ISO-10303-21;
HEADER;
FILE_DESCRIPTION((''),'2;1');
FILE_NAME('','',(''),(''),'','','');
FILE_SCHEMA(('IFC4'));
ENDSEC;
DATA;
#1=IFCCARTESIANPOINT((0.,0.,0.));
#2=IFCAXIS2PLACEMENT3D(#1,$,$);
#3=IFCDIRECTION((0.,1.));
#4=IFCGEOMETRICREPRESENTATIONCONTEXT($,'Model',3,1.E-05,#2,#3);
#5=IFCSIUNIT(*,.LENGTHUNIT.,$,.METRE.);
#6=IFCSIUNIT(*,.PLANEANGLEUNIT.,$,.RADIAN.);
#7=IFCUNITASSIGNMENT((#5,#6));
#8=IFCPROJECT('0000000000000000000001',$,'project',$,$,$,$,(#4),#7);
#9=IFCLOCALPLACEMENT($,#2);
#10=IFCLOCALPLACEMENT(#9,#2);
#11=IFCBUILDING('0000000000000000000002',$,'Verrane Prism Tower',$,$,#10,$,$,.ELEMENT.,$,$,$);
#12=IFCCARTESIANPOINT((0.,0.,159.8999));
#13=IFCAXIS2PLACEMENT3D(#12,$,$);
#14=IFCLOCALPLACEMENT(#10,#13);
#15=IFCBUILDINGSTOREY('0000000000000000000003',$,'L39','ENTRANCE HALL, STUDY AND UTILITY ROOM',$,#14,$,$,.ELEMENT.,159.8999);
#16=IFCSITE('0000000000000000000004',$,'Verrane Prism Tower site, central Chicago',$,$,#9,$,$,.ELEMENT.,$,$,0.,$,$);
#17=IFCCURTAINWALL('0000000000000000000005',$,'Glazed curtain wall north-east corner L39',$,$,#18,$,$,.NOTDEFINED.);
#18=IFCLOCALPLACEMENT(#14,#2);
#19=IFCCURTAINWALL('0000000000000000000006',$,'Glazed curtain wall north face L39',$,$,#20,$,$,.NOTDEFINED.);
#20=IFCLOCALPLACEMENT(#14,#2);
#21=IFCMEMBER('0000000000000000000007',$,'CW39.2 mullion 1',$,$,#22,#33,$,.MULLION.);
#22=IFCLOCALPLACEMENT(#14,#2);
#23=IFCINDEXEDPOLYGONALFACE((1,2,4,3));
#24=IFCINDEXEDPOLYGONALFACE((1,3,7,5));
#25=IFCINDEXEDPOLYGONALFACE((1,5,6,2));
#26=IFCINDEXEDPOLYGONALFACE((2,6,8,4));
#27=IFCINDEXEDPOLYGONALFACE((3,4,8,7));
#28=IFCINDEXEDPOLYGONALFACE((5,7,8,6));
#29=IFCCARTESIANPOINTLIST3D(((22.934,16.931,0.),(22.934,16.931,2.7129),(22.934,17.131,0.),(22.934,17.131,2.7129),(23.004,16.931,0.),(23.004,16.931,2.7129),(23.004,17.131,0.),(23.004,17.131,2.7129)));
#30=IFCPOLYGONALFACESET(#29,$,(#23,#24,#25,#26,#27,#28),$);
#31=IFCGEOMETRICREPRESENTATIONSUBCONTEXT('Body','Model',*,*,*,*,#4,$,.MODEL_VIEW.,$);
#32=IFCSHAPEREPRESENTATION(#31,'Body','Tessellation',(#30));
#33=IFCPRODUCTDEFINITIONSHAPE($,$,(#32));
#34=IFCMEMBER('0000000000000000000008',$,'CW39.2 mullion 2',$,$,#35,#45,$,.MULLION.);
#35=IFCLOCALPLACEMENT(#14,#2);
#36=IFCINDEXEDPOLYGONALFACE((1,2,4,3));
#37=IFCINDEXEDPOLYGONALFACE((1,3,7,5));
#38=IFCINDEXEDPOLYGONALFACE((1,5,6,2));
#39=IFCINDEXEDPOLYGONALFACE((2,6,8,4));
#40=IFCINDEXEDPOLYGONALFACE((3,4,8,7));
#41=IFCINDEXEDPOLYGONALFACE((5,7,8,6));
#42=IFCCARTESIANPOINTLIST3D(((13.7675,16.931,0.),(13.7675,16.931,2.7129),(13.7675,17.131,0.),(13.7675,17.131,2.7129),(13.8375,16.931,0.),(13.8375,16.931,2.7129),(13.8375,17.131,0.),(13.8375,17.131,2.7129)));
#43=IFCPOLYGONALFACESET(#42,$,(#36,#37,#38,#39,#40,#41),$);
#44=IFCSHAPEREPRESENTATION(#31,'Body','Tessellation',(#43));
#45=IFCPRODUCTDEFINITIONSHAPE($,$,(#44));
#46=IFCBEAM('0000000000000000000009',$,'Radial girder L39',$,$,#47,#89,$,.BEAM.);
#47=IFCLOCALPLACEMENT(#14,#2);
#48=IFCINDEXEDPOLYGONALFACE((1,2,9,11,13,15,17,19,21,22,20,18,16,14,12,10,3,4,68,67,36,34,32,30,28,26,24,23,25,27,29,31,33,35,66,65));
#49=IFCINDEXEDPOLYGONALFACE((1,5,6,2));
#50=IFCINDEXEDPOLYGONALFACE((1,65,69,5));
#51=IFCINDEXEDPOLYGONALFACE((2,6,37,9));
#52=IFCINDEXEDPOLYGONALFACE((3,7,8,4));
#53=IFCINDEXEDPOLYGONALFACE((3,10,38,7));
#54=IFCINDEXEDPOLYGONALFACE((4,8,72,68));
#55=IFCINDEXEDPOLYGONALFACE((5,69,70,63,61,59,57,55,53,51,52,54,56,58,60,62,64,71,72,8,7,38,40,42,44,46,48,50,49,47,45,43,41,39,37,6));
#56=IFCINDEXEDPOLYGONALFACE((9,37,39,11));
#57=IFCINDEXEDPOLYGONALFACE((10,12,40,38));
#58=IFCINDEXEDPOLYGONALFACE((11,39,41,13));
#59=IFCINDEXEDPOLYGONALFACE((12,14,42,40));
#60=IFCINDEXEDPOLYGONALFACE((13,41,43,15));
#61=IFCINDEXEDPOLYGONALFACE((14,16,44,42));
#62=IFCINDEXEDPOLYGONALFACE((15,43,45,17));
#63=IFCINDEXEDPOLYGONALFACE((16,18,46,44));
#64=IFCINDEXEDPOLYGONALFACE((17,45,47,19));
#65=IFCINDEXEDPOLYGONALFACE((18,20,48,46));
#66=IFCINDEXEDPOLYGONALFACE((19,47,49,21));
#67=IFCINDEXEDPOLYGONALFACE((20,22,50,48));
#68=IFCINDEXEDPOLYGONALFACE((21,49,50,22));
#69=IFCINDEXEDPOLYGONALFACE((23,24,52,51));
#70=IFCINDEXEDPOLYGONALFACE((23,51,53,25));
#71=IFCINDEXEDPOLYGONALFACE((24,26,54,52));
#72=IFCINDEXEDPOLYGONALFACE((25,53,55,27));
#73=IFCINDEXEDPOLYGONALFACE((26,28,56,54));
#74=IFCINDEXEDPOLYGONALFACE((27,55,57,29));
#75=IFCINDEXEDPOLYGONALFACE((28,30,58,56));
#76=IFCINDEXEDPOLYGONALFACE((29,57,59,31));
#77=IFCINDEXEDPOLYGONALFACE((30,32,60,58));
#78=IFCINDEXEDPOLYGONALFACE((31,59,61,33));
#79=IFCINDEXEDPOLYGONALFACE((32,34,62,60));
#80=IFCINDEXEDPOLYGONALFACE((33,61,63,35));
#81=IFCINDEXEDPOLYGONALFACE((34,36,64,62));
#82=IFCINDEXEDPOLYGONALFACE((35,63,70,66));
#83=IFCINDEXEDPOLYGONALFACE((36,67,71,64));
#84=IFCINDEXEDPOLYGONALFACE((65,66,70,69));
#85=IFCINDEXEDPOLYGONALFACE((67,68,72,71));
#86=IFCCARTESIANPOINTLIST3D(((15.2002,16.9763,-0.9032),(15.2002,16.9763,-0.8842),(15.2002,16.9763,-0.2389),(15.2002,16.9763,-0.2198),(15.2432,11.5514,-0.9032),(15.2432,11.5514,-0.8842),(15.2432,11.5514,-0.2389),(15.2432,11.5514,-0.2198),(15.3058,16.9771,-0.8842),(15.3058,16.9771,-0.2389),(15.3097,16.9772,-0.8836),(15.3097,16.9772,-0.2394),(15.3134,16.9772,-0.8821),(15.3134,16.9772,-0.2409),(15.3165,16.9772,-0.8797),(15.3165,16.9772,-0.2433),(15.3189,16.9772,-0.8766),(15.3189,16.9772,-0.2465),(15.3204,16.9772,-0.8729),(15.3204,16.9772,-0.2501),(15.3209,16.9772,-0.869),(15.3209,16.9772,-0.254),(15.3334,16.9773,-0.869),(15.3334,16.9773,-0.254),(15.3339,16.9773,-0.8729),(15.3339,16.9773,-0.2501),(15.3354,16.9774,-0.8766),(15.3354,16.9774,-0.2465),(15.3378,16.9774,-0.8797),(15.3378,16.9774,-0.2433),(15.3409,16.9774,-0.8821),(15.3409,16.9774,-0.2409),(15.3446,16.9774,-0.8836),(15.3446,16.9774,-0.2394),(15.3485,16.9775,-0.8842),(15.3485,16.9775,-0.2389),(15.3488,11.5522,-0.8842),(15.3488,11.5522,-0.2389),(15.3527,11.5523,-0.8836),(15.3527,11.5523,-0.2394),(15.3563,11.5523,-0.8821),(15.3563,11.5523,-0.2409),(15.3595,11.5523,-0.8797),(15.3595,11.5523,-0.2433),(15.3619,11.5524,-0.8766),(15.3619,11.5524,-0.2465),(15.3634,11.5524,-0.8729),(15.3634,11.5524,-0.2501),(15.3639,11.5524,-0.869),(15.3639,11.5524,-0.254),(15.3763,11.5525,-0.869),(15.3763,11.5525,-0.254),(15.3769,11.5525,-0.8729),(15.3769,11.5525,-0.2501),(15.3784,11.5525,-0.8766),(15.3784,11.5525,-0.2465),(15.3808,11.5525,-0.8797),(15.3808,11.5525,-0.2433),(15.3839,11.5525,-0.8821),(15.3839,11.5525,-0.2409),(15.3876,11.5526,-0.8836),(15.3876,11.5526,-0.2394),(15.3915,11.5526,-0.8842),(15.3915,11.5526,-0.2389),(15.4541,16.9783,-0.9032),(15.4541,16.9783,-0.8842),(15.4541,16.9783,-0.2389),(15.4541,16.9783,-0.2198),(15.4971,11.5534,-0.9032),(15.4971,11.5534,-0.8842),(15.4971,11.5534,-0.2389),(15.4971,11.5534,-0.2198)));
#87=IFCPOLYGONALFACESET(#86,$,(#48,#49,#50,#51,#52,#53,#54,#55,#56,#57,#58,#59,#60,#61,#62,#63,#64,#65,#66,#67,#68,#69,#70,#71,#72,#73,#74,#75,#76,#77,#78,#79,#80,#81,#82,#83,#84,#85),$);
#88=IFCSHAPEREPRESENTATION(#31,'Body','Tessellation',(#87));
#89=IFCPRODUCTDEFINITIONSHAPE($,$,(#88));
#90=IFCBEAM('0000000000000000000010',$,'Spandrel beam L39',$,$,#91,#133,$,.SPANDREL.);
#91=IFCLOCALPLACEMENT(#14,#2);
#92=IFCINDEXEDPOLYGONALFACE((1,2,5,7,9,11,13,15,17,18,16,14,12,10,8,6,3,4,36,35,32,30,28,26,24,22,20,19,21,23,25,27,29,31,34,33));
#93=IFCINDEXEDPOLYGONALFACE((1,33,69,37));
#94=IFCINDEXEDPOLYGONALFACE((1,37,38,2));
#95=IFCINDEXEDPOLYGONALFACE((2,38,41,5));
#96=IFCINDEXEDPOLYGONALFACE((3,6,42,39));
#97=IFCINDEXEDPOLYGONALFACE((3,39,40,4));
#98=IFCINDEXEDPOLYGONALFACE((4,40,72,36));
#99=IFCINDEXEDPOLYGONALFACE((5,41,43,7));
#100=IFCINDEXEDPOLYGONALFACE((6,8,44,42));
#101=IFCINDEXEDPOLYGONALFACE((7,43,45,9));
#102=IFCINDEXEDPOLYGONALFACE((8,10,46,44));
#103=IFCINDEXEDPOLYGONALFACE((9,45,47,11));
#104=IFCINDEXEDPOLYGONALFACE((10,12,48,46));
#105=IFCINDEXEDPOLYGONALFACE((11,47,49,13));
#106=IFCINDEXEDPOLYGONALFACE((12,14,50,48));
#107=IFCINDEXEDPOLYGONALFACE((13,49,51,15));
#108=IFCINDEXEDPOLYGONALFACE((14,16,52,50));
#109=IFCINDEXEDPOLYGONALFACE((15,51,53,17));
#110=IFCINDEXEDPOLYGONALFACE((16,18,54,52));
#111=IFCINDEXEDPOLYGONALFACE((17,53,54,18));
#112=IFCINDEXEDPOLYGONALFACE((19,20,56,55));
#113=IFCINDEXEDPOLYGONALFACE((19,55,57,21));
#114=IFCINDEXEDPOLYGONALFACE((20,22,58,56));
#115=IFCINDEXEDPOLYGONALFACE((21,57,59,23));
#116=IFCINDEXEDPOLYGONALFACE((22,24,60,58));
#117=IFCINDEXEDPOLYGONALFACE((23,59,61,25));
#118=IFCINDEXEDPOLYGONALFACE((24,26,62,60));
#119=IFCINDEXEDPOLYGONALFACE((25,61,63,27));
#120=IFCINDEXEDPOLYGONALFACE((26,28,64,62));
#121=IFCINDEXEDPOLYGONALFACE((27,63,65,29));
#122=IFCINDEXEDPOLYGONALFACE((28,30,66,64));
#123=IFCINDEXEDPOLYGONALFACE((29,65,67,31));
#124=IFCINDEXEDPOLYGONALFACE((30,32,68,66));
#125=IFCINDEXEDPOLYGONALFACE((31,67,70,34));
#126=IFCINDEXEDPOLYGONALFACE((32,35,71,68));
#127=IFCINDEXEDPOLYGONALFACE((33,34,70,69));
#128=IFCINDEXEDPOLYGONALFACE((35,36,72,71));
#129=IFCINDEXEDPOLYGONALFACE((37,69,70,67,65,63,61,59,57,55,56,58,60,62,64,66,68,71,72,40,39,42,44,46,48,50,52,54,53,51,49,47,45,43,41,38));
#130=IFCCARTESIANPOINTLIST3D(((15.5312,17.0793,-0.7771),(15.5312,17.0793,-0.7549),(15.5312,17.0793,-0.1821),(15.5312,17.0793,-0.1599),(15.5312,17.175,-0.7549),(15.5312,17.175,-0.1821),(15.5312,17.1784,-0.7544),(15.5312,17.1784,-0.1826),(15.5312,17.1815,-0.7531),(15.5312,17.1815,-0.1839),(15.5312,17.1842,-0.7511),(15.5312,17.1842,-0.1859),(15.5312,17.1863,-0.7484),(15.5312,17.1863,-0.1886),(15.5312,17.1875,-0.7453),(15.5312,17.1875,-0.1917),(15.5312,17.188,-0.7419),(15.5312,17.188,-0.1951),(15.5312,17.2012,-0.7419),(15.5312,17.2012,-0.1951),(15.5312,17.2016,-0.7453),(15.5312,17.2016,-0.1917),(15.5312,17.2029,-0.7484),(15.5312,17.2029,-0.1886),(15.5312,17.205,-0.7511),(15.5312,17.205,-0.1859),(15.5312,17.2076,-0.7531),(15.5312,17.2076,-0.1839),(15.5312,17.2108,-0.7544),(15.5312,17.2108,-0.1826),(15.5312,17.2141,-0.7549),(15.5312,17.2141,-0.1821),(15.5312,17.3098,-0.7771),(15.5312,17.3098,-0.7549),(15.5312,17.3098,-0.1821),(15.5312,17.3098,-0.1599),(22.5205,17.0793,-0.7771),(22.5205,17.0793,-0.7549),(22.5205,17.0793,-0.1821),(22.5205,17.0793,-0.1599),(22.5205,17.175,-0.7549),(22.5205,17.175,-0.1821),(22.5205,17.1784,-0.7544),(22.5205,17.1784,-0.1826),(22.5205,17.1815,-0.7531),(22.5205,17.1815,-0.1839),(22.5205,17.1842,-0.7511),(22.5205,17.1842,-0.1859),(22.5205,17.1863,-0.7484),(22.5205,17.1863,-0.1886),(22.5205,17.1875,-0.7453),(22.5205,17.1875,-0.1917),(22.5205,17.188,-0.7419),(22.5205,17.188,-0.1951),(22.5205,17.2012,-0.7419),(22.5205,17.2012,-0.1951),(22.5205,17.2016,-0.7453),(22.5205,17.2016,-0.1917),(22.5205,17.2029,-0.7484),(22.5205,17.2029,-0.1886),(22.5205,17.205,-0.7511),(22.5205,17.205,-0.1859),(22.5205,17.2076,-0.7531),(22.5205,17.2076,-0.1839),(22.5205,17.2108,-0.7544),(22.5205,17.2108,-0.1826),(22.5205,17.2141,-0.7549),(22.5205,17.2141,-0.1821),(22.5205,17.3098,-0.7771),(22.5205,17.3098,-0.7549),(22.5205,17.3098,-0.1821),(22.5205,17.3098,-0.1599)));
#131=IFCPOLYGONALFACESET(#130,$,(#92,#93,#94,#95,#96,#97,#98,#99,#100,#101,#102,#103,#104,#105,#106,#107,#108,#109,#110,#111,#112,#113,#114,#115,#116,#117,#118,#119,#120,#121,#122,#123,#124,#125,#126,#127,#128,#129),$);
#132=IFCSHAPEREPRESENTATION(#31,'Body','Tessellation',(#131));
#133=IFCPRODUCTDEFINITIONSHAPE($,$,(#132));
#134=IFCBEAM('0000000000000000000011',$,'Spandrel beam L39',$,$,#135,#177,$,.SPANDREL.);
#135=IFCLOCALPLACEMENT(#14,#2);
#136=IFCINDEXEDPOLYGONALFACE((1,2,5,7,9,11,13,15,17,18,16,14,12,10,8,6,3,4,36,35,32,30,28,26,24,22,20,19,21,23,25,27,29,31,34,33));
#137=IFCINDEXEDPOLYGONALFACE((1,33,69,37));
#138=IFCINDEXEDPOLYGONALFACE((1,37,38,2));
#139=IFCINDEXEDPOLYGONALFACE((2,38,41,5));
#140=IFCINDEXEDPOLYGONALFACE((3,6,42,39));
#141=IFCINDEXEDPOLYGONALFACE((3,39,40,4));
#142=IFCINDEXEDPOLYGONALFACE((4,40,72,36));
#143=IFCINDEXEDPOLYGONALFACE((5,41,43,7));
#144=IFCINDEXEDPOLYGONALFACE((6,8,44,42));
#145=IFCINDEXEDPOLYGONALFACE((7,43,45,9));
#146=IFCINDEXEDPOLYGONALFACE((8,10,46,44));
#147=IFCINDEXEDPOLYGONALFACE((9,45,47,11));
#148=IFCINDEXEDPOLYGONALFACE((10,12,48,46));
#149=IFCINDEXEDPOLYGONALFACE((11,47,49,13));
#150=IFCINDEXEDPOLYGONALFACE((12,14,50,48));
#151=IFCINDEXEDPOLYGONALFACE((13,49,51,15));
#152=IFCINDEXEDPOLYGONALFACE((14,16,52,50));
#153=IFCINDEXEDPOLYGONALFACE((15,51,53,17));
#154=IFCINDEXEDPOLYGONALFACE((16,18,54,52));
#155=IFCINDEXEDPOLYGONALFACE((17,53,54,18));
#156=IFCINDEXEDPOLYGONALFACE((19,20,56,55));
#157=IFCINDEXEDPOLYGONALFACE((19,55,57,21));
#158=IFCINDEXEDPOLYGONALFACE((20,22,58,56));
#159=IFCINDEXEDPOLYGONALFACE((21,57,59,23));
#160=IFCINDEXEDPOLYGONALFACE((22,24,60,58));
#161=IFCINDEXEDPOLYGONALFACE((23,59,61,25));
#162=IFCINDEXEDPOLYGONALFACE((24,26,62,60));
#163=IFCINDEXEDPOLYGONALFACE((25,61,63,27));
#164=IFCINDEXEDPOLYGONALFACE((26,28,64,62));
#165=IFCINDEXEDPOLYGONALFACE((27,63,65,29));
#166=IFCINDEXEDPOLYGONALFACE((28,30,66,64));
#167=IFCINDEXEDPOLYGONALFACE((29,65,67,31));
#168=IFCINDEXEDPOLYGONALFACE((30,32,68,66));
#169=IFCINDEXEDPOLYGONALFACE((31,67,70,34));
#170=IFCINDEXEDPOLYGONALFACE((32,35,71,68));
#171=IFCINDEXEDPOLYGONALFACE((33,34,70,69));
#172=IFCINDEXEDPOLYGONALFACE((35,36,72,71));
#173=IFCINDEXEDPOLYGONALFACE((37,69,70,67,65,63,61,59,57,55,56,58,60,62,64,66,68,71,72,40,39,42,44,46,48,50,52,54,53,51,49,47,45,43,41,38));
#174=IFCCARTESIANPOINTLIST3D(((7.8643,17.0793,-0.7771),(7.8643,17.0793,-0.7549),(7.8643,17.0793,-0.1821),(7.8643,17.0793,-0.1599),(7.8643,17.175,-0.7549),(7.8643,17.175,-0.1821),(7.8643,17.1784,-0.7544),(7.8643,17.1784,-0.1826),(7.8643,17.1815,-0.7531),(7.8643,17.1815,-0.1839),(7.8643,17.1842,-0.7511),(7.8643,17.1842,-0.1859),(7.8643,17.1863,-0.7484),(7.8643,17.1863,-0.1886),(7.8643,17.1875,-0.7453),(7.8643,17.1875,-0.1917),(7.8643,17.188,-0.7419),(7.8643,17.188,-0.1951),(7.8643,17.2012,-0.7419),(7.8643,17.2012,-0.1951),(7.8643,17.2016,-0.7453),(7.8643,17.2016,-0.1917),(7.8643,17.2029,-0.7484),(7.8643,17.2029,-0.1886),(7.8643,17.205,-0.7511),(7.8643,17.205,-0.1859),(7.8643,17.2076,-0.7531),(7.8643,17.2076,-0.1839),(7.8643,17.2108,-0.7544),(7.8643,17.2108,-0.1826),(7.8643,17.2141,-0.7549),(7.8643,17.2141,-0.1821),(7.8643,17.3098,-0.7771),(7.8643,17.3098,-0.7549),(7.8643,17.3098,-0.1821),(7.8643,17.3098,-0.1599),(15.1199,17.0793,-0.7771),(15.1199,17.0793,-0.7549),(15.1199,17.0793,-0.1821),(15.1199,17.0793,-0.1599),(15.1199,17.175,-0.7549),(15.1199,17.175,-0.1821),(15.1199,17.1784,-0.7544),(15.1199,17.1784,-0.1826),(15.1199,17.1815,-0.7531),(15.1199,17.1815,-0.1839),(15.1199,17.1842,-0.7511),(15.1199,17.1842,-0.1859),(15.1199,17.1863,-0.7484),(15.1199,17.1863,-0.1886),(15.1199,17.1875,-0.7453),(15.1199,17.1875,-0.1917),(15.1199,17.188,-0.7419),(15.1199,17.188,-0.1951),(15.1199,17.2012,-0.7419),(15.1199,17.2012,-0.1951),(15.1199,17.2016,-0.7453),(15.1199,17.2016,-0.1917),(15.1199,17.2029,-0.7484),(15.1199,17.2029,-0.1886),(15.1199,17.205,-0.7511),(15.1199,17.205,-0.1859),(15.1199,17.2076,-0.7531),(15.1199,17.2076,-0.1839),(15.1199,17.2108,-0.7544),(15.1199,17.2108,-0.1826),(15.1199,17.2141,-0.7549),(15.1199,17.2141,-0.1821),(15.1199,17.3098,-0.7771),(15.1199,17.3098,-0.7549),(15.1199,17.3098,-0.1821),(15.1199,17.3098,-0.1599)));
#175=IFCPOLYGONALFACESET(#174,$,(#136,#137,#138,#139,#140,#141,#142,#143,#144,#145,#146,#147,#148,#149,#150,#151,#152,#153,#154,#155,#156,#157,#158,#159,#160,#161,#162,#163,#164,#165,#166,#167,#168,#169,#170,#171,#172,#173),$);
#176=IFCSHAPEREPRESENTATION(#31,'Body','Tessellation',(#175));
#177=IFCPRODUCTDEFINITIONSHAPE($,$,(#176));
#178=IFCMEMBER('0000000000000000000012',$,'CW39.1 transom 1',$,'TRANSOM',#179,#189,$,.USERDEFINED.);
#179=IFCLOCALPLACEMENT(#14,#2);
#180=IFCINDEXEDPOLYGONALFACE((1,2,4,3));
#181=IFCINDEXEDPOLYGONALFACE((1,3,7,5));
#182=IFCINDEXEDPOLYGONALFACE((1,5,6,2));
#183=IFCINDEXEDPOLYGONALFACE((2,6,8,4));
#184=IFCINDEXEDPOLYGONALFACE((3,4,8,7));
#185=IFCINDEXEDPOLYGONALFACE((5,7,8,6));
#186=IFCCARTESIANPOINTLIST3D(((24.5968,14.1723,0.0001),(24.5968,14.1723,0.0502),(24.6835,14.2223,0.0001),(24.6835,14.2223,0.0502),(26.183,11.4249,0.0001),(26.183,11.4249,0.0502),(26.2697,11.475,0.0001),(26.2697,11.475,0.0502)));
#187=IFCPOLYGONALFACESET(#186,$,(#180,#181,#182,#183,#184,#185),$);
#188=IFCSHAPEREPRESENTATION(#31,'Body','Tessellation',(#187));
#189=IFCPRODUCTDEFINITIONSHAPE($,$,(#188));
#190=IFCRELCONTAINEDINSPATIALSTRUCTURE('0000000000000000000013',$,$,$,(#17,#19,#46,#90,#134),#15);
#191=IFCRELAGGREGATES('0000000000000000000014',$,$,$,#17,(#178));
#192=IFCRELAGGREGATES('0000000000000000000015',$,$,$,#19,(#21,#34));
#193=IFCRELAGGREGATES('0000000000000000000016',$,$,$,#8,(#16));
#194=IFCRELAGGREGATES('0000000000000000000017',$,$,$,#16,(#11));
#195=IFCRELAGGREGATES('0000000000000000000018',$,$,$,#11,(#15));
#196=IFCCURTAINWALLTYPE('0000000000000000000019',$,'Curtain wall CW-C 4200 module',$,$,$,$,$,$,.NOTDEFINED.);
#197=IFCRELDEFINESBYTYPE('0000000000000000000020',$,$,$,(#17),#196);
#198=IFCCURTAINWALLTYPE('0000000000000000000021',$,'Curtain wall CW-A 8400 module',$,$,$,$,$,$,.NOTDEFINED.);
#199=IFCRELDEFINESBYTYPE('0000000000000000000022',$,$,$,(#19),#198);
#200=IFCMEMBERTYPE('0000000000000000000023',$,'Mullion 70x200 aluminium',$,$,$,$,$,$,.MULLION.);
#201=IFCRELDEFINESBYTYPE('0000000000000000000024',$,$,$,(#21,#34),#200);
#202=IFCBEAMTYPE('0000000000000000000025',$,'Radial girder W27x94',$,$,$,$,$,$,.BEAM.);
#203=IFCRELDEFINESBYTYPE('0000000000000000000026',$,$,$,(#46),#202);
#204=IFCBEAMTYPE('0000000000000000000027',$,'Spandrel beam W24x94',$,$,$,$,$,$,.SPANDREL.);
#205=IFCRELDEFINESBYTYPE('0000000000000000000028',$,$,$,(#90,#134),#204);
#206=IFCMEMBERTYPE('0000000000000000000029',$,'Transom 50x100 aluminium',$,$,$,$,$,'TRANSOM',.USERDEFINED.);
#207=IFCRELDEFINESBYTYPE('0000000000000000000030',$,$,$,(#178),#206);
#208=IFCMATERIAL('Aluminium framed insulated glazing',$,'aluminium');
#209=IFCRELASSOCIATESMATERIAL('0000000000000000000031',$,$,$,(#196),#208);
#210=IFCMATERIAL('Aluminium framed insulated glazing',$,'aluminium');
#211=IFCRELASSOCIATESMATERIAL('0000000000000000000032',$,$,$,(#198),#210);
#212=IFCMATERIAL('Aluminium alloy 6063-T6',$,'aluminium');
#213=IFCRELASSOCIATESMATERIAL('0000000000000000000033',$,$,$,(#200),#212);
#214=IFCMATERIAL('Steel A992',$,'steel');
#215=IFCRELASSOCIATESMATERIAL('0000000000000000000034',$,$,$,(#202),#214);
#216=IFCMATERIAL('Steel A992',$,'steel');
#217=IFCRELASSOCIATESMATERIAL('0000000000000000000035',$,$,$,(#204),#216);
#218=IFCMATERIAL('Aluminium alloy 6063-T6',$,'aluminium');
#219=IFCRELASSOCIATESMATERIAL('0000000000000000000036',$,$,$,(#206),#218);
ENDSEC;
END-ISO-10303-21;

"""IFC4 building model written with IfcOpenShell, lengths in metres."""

from ifc_helpers import new_model, si_unit, direction, frame, origin, origin_2d, place, context, subcontext, project, spatial, rectangle, i_section, extrude, material, material_profile, profile_set, type_object, element, aggregate, save


model = new_model("IFC4")

# Units and contexts
model_context = context("Model", 3, precision=1e-05, world=origin(), true_north=direction((0.0, 1.0)))
body_context = subcontext(model_context, "Body", "Model", "MODEL_VIEW")
ifc_project = project(units=[si_unit("LENGTHUNIT", "METRE"), si_unit("PLANEANGLEUNIT", "RADIAN")], contexts=[model_context])

# Site, building, storey
site_placement = place(None, origin())
site = spatial("IfcSite", under=ifc_project, at=site_placement, Name="Verrane Prism Tower site, central Chicago", CompositionType="ELEMENT", RefElevation=0.0)
building_placement = place(site_placement, origin())
building = spatial("IfcBuilding", under=site, at=building_placement, Name="Verrane Prism Tower", CompositionType="ELEMENT")
storey_placement = place(building_placement, frame((0.0, 0.0, 159.8999)))
storey = spatial("IfcBuildingStorey", under=building, at=storey_placement, Name="L39", Description="ENTRANCE HALL, STUDY AND UTILITY ROOM", CompositionType="ELEMENT", Elevation=159.8999)

# Curtain wall
ifc_material_1 = material(Name="Aluminium framed insulated glazing", Category="aluminium")
curtain_wall_type_1 = type_object("IfcCurtainWallType", Name="Curtain wall CW-C 4200 module", PredefinedType="NOTDEFINED", material=ifc_material_1)
curtain_wall_1_placement = place(storey_placement, origin())
curtain_wall_1 = element("IfcCurtainWall", 1, at=curtain_wall_1_placement, inside=storey, type_object=curtain_wall_type_1, Name="Glazed curtain wall north-east corner L39", PredefinedType="NOTDEFINED")

# Curtain wall, members
ifc_material_2 = material(Name="Aluminium framed insulated glazing", Category="aluminium")
curtain_wall_type_2 = type_object("IfcCurtainWallType", Name="Curtain wall CW-A 8400 module", PredefinedType="NOTDEFINED", material=ifc_material_2)
curtain_wall_2_placement = place(storey_placement, origin())
curtain_wall_2 = element("IfcCurtainWall", 2, at=curtain_wall_2_placement, inside=storey, type_object=curtain_wall_type_2, Name="Glazed curtain wall north face L39", PredefinedType="NOTDEFINED")
ifc_material_3 = material(Name="Aluminium alloy 6063-T6", Category="aluminium")
ifc_material_profile_1 = material_profile(ifc_material_3, rectangle(XDim=0.2, YDim=0.0701, at=origin_2d()), Name="Mullion 70x200 aluminium")
ifc_profile_set_1 = profile_set([ifc_material_profile_1], Name="Aluminium alloy 6063-T6")
member_type_1 = type_object("IfcMemberType", Name="Mullion 70x200 aluminium", PredefinedType="MULLION", material=ifc_profile_set_1)
member_1_placement = place(storey_placement, frame((22.969, 17.031, 0.0), z_axis=(0.0, 0.0, 1.0), x_axis=(0.0, -1.0, 0.0)))
member_1 = element("IfcMember", 3, at=member_1_placement, type_object=member_type_1, Name="CW39.2 mullion 1", PredefinedType="MULLION", context=body_context, shape_type="SweptSolid", body=[
    extrude(rectangle(XDim=0.2, YDim=0.0701, at=origin_2d()), origin(), (0.0, 0.0, 1.0), 2.7129),
])
member_2_placement = place(storey_placement, frame((13.8025, 17.031, 0.0), z_axis=(0.0, 0.0, 1.0), x_axis=(0.0, -1.0, 0.0)))
member_2 = element("IfcMember", 4, at=member_2_placement, type_object=member_type_1, Name="CW39.2 mullion 2", PredefinedType="MULLION", context=body_context, shape_type="SweptSolid", body=[
    extrude(rectangle(XDim=0.2, YDim=0.0701, at=origin_2d()), origin(), (0.0, 0.0, 1.0), 2.7129),
])

# Beams
ifc_material_4 = material(Name="Steel A992", Category="steel")
ifc_material_profile_2 = material_profile(ifc_material_4, i_section(OverallWidth=0.2539, OverallDepth=0.6833, WebThickness=0.0125, FlangeThickness=0.019, FilletRadius=0.0151, at=origin_2d()), Name="W27x94")
ifc_profile_set_2 = profile_set([ifc_material_profile_2], Name="Steel A992")
beam_type_1 = type_object("IfcBeamType", Name="Radial girder W27x94", PredefinedType="BEAM", material=ifc_profile_set_2)
beam_1_placement = place(storey_placement, frame((15.3271, 16.9773, -0.5615), z_axis=(0.007921, -0.999969, 0.0), x_axis=(0.999969, 0.007921, 0.0)))
element("IfcBeam", 5, at=beam_1_placement, inside=storey, type_object=beam_type_1, Name="Radial girder L39", PredefinedType="BEAM", context=body_context, shape_type="SweptSolid", body=[
    extrude(i_section(OverallWidth=0.2539, OverallDepth=0.6833, WebThickness=0.0125, FlangeThickness=0.019, FilletRadius=0.0151, at=origin_2d()), origin(), (0.0, 0.0, 1.0), 5.425),
])
ifc_material_5 = material(Name="Steel A992", Category="steel")
ifc_material_profile_3 = material_profile(ifc_material_5, i_section(OverallWidth=0.2305, OverallDepth=0.6172, WebThickness=0.0132, FlangeThickness=0.0222, FilletRadius=0.0129, at=origin_2d()), Name="W24x94")
ifc_profile_set_3 = profile_set([ifc_material_profile_3], Name="Steel A992")
beam_type_2 = type_object("IfcBeamType", Name="Spandrel beam W24x94", PredefinedType="SPANDREL", material=ifc_profile_set_3)
beam_2_placement = place(storey_placement, frame((22.5205, 17.1946, -0.4685), z_axis=(-1.0, 0.0, 0.0), x_axis=(0.0, -1.0, 0.0)))
element("IfcBeam", 6, at=beam_2_placement, inside=storey, type_object=beam_type_2, Name="Spandrel beam L39", PredefinedType="SPANDREL", context=body_context, shape_type="SweptSolid", body=[
    extrude(i_section(OverallWidth=0.2305, OverallDepth=0.6172, WebThickness=0.0132, FlangeThickness=0.0222, FilletRadius=0.0129, at=origin_2d()), origin(), (0.0, 0.0, 1.0), 6.9893),
])
beam_3_placement = place(storey_placement, frame((15.1199, 17.1946, -0.4685), z_axis=(-1.0, 0.0, 0.0), x_axis=(0.0, -1.0, 0.0)))
element("IfcBeam", 7, at=beam_3_placement, inside=storey, type_object=beam_type_2, Name="Spandrel beam L39", PredefinedType="SPANDREL", context=body_context, shape_type="SweptSolid", body=[
    extrude(i_section(OverallWidth=0.2305, OverallDepth=0.6172, WebThickness=0.0132, FlangeThickness=0.0222, FilletRadius=0.0129, at=origin_2d()), origin(), (0.0, 0.0, 1.0), 7.2556),
])

# Member
ifc_material_6 = material(Name="Aluminium alloy 6063-T6", Category="aluminium")
ifc_material_profile_4 = material_profile(ifc_material_6, rectangle(XDim=0.1001, YDim=0.05, at=origin_2d()), Name="Transom 50x100 aluminium")
ifc_profile_set_4 = profile_set([ifc_material_profile_4], Name="Aluminium alloy 6063-T6")
member_type_2 = type_object("IfcMemberType", Name="Transom 50x100 aluminium", ElementType="TRANSOM", PredefinedType="USERDEFINED", material=ifc_profile_set_4)
member_3_placement = place(storey_placement, frame((26.2263, 11.45, 0.0251), z_axis=(-0.500004, 0.866023, 0.0), x_axis=(-0.866023, -0.500004, 0.0)))
member_3 = element("IfcMember", 8, at=member_3_placement, type_object=member_type_2, Name="CW39.1 transom 1", ObjectType="TRANSOM", PredefinedType="USERDEFINED", context=body_context, shape_type="SweptSolid", body=[
    extrude(rectangle(XDim=0.1001, YDim=0.05, at=origin_2d()), origin(), (0.0, 0.0, 1.0), 3.1724),
])

aggregate(curtain_wall_1, [member_3])
aggregate(curtain_wall_2, [member_1, member_2])

save(model, "model.ifc")
